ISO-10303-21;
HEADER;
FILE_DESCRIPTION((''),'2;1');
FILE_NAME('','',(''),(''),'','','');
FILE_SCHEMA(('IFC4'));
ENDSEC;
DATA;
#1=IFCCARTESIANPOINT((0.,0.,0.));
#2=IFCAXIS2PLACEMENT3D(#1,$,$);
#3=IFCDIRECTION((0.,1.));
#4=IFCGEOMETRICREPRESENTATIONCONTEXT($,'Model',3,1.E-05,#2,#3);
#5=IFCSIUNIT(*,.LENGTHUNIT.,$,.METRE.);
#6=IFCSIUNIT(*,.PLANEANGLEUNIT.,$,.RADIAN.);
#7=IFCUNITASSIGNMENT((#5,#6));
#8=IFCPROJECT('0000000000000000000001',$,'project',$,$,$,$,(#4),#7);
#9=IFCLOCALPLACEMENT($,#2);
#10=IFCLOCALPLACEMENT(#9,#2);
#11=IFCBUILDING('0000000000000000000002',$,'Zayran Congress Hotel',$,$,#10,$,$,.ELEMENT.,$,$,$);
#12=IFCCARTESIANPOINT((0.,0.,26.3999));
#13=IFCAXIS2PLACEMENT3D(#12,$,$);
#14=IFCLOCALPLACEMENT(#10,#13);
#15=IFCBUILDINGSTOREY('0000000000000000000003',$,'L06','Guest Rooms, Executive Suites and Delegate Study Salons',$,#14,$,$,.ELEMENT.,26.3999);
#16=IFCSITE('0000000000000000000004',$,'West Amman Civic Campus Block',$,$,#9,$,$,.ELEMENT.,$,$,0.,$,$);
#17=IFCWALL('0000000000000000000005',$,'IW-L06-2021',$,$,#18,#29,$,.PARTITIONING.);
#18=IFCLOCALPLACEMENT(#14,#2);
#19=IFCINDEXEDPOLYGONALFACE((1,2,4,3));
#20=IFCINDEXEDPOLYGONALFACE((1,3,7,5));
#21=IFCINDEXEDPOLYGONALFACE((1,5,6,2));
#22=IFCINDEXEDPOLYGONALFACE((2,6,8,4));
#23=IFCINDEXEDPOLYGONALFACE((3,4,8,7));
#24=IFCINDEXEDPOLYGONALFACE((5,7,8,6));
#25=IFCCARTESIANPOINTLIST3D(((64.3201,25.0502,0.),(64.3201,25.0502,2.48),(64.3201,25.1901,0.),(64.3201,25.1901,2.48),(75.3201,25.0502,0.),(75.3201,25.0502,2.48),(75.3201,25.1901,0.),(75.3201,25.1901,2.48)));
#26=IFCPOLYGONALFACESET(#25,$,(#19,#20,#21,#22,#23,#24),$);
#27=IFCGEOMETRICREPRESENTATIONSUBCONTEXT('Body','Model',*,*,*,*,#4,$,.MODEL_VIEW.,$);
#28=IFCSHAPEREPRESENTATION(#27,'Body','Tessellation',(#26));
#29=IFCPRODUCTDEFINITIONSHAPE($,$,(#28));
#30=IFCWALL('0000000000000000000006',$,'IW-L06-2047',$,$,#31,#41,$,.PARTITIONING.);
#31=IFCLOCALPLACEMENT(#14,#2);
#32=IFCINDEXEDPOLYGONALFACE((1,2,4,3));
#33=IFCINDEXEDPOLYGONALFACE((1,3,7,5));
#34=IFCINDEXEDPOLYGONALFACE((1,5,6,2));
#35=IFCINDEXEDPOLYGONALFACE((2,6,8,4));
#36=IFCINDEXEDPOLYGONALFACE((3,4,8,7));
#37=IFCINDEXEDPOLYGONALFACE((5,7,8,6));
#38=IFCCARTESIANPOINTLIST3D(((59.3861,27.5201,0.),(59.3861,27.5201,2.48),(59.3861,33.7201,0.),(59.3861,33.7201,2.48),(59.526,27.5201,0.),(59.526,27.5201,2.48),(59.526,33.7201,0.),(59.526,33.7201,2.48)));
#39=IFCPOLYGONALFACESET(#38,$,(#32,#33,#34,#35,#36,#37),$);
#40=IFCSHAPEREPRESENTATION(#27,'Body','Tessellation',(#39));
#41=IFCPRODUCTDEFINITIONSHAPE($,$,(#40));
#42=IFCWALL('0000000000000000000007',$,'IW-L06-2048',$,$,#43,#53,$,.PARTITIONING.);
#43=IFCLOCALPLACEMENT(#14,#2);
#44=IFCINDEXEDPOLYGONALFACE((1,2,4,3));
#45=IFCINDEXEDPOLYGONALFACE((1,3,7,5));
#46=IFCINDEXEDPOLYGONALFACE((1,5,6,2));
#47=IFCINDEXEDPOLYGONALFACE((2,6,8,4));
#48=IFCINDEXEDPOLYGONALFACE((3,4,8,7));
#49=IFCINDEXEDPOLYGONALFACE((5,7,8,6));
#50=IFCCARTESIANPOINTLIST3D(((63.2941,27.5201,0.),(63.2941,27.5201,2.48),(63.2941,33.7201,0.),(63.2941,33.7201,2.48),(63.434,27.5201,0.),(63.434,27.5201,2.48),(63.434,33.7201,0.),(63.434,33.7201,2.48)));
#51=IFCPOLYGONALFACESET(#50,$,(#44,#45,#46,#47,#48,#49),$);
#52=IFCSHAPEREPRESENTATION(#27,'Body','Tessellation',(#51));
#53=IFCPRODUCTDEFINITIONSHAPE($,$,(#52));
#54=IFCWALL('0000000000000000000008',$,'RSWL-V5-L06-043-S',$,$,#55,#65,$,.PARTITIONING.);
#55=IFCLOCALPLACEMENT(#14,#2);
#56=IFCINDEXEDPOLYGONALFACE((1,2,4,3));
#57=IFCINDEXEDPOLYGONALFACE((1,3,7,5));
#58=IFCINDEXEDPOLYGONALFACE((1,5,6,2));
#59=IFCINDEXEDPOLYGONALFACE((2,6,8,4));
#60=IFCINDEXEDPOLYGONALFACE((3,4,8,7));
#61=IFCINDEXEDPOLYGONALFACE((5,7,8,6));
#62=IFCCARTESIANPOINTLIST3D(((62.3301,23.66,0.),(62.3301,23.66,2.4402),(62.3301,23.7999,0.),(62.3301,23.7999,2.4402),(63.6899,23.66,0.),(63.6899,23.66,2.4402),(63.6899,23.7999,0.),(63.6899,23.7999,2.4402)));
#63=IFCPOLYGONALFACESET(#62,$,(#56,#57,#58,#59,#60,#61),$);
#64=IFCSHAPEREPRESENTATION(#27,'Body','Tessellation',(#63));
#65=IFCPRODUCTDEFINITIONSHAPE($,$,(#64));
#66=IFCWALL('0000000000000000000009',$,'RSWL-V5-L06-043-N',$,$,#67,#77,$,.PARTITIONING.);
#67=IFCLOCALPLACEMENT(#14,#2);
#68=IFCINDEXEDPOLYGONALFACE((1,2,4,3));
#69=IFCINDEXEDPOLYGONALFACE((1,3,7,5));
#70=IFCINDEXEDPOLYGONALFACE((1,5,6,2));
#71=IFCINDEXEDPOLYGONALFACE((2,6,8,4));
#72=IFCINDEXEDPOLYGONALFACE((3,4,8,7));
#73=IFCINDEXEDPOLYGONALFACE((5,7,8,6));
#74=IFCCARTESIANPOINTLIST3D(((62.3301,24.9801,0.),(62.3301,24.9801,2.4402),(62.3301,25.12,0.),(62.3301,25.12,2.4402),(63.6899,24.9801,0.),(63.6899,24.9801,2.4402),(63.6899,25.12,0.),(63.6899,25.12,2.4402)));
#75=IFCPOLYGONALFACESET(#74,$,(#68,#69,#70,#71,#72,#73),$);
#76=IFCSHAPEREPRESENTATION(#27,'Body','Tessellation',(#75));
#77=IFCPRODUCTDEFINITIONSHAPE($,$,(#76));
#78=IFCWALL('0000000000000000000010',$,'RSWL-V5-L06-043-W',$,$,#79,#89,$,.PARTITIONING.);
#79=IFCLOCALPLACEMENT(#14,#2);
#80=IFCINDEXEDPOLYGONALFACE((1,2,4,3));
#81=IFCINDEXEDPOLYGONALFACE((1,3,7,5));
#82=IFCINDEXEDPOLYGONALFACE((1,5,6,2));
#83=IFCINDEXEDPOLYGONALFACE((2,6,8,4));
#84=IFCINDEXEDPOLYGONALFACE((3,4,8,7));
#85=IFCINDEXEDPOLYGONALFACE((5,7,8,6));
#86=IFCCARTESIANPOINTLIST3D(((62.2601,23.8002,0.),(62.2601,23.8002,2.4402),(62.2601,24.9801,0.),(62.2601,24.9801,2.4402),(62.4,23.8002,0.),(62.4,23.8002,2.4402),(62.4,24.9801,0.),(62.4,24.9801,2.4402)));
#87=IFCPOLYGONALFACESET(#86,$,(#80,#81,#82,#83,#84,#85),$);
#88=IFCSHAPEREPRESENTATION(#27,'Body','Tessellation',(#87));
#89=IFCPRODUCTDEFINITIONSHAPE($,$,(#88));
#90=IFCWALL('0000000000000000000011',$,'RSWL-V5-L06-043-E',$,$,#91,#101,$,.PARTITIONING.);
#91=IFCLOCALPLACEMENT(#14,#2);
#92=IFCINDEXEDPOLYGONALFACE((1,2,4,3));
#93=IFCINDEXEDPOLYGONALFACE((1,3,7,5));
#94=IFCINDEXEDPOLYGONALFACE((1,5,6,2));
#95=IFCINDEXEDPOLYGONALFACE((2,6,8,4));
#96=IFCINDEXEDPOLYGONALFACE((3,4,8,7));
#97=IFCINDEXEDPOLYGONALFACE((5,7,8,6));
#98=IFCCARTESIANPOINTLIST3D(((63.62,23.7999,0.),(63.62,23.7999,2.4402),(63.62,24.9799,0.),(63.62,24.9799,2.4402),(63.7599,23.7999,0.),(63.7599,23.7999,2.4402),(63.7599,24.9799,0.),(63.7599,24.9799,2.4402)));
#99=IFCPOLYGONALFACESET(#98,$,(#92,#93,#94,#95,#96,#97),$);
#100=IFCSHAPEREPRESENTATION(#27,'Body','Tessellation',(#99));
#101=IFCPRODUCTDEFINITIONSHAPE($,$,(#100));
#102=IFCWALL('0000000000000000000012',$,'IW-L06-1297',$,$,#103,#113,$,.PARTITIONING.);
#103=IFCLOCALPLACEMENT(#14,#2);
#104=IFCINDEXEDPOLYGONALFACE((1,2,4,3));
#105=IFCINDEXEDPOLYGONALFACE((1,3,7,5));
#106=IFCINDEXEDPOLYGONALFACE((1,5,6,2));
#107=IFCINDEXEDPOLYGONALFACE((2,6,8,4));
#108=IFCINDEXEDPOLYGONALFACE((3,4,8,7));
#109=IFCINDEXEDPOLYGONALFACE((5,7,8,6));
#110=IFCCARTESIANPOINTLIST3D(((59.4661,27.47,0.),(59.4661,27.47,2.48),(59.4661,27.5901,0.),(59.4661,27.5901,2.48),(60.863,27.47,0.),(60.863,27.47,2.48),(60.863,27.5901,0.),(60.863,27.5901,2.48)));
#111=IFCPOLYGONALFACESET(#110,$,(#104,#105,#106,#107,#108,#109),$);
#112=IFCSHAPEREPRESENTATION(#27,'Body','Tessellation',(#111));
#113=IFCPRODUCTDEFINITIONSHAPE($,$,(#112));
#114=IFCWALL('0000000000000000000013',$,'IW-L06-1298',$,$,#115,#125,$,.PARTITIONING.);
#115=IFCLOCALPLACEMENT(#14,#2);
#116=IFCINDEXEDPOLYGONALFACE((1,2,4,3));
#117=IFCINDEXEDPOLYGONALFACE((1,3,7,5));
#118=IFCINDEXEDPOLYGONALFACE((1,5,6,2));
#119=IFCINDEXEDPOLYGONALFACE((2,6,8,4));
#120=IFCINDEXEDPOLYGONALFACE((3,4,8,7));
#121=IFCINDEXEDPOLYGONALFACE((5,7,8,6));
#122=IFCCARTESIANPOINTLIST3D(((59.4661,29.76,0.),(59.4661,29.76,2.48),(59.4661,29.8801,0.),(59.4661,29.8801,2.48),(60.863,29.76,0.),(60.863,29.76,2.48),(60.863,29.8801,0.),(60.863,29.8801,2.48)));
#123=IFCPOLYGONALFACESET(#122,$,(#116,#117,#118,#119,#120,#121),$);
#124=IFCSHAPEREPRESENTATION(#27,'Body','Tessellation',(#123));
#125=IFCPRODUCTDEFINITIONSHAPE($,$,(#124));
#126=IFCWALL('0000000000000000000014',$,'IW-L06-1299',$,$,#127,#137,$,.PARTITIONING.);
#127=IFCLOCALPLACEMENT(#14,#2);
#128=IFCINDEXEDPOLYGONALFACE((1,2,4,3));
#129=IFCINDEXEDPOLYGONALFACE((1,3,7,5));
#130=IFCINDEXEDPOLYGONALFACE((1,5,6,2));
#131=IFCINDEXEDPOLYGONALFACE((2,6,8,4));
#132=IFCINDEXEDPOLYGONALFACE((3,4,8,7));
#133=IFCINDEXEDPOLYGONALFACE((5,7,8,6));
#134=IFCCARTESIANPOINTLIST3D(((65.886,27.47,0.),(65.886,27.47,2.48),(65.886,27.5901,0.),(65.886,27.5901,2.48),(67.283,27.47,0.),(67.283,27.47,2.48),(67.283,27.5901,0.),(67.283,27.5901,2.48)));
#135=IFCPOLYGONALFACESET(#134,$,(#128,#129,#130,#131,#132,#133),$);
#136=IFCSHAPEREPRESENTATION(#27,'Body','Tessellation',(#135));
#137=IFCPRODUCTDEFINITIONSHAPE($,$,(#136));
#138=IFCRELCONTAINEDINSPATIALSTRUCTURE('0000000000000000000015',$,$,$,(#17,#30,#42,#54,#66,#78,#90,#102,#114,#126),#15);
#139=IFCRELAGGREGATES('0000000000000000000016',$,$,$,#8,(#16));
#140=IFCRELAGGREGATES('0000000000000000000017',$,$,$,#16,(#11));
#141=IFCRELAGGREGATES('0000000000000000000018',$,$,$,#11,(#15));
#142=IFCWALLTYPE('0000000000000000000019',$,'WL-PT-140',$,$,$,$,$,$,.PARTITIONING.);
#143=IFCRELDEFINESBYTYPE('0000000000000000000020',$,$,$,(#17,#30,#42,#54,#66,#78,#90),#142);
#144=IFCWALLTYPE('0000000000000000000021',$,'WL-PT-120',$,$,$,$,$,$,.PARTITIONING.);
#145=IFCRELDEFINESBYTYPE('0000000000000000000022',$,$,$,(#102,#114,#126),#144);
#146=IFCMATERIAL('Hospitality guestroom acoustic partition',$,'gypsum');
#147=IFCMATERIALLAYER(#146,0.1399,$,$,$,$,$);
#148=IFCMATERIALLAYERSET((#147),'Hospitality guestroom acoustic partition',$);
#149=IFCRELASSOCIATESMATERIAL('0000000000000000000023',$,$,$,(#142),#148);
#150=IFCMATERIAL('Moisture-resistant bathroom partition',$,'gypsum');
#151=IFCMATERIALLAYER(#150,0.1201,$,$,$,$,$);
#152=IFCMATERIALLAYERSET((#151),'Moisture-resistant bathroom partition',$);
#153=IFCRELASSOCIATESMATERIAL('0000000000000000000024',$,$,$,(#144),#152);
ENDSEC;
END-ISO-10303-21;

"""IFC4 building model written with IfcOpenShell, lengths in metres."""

from ifc_helpers import new_model, si_unit, direction, frame, frame_2d, origin, place, context, subcontext, project, spatial, rectangle, extrude, material, layer, layer_set, type_object, element, save


model = new_model("IFC4")

# Units and contexts
model_context = context("Model", 3, precision=1e-05, world=origin(), true_north=direction((0.0, 1.0)))
body_context = subcontext(model_context, "Body", "Model", "MODEL_VIEW")
ifc_project = project(units=[si_unit("LENGTHUNIT", "METRE"), si_unit("PLANEANGLEUNIT", "RADIAN")], contexts=[model_context])

# Site, building, storey
site_placement = place(None, origin())
site = spatial("IfcSite", under=ifc_project, at=site_placement, Name="West Amman Civic Campus Block", CompositionType="ELEMENT", RefElevation=0.0)
building_placement = place(site_placement, origin())
building = spatial("IfcBuilding", under=site, at=building_placement, Name="Zayran Congress Hotel", CompositionType="ELEMENT")
storey_placement = place(building_placement, frame((0.0, 0.0, 26.3999)))
storey = spatial("IfcBuildingStorey", under=building, at=storey_placement, Name="L06", Description="Guest Rooms, Executive Suites and Delegate Study Salons", CompositionType="ELEMENT", Elevation=26.3999)

# Shared definitions
ifc_material_1 = material(Name="Hospitality guestroom acoustic partition", Category="gypsum")
ifc_layer_1 = layer(ifc_material_1, 0.1399)
ifc_layer_set_1 = layer_set([ifc_layer_1], Name="Hospitality guestroom acoustic partition")
wall_type_1 = type_object("IfcWallType", Name="WL-PT-140", PredefinedType="PARTITIONING", material=ifc_layer_set_1)

# Walls
wall_1_placement = place(storey_placement, frame((64.3201, 25.1201, 0.0), z_axis=(0.0, 0.0, 1.0), x_axis=(1.0, 0.0, 0.0)))
element("IfcWall", 1, at=wall_1_placement, inside=storey, type_object=wall_type_1, Name="IW-L06-2021", PredefinedType="PARTITIONING", context=body_context, shape_type="SweptSolid", body=[
    extrude(rectangle(XDim=11.0, YDim=0.1399, at=frame_2d((5.5, 0.0))), origin(), (0.0, 0.0, 1.0), 2.48),
])
for number, where, z_axis, x_axis, name in (
    (2, (59.4561, 27.52, 0.0), (0.0, 0.0, 1.0), (0.0, 1.0, 0.0), "IW-L06-2047"),
    (3, (63.364, 27.52, 0.0), (0.0, 0.0, 1.0), (0.0, 1.0, 0.0), "IW-L06-2048"),
):
    element("IfcWall", number, at=place(storey_placement, frame(where, z_axis=z_axis, x_axis=x_axis)), inside=storey, type_object=wall_type_1, Name=name, PredefinedType="PARTITIONING", context=body_context, shape_type="SweptSolid", body=[
        extrude(rectangle(XDim=6.2, YDim=0.1399, at=frame_2d((3.1001, 0.0))), origin(), (0.0, 0.0, 1.0), 2.48),
    ])
for number, where, z_axis, x_axis, name in (
    (4, (62.3301, 23.73, 0.0), (0.0, 0.0, 1.0), (1.0, 0.0, 0.0), "RSWL-V5-L06-043-S"),
    (5, (63.6899, 25.05, 0.0), (0.0, 0.0, 1.0), (-1.0, 0.0, 0.0), "RSWL-V5-L06-043-N"),
):
    element("IfcWall", number, at=place(storey_placement, frame(where, z_axis=z_axis, x_axis=x_axis)), inside=storey, type_object=wall_type_1, Name=name, PredefinedType="PARTITIONING", context=body_context, shape_type="SweptSolid", body=[
        extrude(rectangle(XDim=1.3599, YDim=0.1399, at=frame_2d((0.6799, 0.0))), origin(), (0.0, 0.0, 1.0), 2.4402),
    ])
for number, where, z_axis, x_axis, name in (
    (6, (62.3301, 24.98, 0.0), (0.0, 0.0, 1.0), (0.0, -1.0, 0.0), "RSWL-V5-L06-043-W"),
    (7, (63.6899, 23.8, 0.0), (0.0, 0.0, 1.0), (0.0, 1.0, 0.0), "RSWL-V5-L06-043-E"),
):
    element("IfcWall", number, at=place(storey_placement, frame(where, z_axis=z_axis, x_axis=x_axis)), inside=storey, type_object=wall_type_1, Name=name, PredefinedType="PARTITIONING", context=body_context, shape_type="SweptSolid", body=[
        extrude(rectangle(XDim=1.1799, YDim=0.1399, at=frame_2d((0.5898, 0.0))), origin(), (0.0, 0.0, 1.0), 2.4402),
    ])

# Shared definitions
ifc_material_2 = material(Name="Moisture-resistant bathroom partition", Category="gypsum")
ifc_layer_2 = layer(ifc_material_2, 0.1201)
ifc_layer_set_2 = layer_set([ifc_layer_2], Name="Moisture-resistant bathroom partition")
wall_type_2 = type_object("IfcWallType", Name="WL-PT-120", PredefinedType="PARTITIONING", material=ifc_layer_set_2)

# Walls
for number, where, z_axis, x_axis, name in (
    (8, (59.4661, 27.53, 0.0), (0.0, 0.0, 1.0), (1.0, 0.0, 0.0), "IW-L06-1297"),
    (9, (59.4661, 29.8201, 0.0), (0.0, 0.0, 1.0), (1.0, 0.0, 0.0), "IW-L06-1298"),
    (10, (65.886, 27.53, 0.0), (0.0, 0.0, 1.0), (1.0, 0.0, 0.0), "IW-L06-1299"),
):
    element("IfcWall", number, at=place(storey_placement, frame(where, z_axis=z_axis, x_axis=x_axis)), inside=storey, type_object=wall_type_2, Name=name, PredefinedType="PARTITIONING", context=body_context, shape_type="SweptSolid", body=[
        extrude(rectangle(XDim=1.397, YDim=0.1201, at=frame_2d((0.6985, 0.0))), origin(), (0.0, 0.0, 1.0), 2.48),
    ])

save(model, "model.ifc")
